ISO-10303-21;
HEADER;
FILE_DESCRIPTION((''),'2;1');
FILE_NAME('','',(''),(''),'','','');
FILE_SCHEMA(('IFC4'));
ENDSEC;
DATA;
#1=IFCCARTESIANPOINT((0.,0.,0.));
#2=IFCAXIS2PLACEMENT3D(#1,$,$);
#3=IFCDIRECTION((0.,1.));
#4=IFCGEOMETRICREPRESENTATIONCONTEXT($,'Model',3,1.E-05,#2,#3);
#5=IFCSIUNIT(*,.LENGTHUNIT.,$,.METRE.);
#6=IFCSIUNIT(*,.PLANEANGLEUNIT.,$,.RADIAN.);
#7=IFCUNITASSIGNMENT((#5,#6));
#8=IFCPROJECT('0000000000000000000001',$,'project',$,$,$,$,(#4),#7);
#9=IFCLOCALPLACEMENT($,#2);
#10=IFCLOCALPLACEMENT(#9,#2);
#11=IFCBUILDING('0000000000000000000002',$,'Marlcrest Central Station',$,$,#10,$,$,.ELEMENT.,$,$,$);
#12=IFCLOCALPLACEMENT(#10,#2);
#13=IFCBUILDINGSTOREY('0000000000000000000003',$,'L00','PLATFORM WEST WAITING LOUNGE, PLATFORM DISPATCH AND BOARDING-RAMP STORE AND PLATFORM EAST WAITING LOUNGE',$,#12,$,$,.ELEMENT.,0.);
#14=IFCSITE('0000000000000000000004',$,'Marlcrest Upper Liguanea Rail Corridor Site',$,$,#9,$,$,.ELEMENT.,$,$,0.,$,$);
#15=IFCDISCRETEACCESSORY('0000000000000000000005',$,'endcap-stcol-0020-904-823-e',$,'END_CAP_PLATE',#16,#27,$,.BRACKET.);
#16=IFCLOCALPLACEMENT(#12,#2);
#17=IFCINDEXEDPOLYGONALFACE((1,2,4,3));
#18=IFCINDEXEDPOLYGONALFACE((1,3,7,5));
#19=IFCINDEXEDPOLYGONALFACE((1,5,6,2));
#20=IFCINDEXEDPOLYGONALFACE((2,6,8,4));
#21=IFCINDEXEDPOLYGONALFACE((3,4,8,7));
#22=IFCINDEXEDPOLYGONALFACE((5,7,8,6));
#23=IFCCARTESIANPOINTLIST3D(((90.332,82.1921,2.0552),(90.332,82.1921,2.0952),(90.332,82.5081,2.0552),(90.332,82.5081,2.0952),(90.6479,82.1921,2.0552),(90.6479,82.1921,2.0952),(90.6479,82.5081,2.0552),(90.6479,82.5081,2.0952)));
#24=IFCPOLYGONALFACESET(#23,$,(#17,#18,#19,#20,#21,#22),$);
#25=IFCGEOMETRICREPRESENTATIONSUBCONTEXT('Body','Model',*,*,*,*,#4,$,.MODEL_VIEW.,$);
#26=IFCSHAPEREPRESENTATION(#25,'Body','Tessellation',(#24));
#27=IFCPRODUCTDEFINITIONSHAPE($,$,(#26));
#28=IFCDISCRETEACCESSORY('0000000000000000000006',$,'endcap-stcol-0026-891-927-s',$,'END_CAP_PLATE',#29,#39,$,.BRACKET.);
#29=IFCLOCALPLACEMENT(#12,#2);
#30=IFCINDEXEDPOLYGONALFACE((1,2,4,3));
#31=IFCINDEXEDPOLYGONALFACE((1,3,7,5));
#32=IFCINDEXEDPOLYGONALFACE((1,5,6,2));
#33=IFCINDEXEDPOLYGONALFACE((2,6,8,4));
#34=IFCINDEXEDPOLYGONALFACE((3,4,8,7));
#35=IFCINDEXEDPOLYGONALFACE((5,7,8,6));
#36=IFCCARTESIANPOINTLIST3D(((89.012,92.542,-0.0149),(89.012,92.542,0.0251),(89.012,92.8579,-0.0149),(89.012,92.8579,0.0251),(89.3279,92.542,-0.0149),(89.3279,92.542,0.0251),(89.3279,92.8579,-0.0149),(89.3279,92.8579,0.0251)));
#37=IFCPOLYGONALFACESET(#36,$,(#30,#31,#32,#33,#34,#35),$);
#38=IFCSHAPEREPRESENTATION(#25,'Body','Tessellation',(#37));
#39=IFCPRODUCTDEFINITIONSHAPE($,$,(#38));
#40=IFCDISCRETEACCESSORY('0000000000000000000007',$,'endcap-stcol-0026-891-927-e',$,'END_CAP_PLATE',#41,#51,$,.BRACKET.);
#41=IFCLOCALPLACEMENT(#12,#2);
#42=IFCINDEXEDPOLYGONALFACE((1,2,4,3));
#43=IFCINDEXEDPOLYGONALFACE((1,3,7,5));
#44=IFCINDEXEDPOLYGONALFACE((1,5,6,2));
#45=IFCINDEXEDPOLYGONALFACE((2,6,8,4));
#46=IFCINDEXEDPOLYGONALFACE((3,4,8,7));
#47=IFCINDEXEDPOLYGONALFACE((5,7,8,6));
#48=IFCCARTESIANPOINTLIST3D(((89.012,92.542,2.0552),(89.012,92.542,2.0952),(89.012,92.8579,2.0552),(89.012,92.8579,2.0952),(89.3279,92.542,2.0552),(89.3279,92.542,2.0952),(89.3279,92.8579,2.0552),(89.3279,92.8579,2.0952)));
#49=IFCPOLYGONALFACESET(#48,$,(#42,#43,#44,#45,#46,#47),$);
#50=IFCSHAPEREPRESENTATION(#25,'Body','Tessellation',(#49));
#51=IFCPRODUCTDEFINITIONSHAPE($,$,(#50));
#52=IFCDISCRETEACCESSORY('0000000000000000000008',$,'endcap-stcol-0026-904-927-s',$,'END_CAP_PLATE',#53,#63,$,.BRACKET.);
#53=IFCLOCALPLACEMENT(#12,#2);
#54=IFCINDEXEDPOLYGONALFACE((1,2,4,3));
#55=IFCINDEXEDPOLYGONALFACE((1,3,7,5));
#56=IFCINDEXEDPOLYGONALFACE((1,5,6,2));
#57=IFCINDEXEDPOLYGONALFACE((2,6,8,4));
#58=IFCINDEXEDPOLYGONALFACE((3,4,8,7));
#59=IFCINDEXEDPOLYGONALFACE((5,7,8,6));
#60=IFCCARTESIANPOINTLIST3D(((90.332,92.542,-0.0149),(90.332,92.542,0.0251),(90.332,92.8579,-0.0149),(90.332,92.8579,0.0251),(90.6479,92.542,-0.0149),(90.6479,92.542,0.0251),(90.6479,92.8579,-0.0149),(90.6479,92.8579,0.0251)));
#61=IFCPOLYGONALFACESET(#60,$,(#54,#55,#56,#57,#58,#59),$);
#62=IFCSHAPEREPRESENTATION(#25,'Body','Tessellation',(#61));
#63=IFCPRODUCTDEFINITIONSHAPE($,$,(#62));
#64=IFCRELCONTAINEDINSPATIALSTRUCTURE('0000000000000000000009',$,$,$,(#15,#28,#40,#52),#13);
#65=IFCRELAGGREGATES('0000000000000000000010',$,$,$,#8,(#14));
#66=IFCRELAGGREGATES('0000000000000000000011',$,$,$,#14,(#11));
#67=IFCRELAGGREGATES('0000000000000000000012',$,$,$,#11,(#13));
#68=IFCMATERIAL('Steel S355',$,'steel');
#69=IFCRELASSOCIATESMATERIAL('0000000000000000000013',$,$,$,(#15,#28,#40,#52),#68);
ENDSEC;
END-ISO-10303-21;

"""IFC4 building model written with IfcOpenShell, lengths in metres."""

from ifc_helpers import new_model, si_unit, direction, frame, origin, origin_2d, place, context, subcontext, project, spatial, rectangle, extrude, material, element, save


model = new_model("IFC4")

# Units and contexts
model_context = context("Model", 3, precision=1e-05, world=origin(), true_north=direction((0.0, 1.0)))
body_context = subcontext(model_context, "Body", "Model", "MODEL_VIEW")
ifc_project = project(units=[si_unit("LENGTHUNIT", "METRE"), si_unit("PLANEANGLEUNIT", "RADIAN")], contexts=[model_context])

# Site, building, storey
site_placement = place(None, origin())
site = spatial("IfcSite", under=ifc_project, at=site_placement, Name="Marlcrest Upper Liguanea Rail Corridor Site", CompositionType="ELEMENT", RefElevation=0.0)
building_placement = place(site_placement, origin())
building = spatial("IfcBuilding", under=site, at=building_placement, Name="Marlcrest Central Station", CompositionType="ELEMENT")
storey_placement = place(building_placement, origin())
storey = spatial("IfcBuildingStorey", under=building, at=storey_placement, Name="L00", Description="PLATFORM WEST WAITING LOUNGE, PLATFORM DISPATCH AND BOARDING-RAMP STORE AND PLATFORM EAST WAITING LOUNGE", CompositionType="ELEMENT", Elevation=0.0)

# Shared definitions
ifc_material_1 = material(Name="Steel S355", Category="steel")

# Discrete accessories
for number, where, z_axis, x_axis, name in (
    (1, (90.49, 82.3501, 2.0552), (0.0, 0.0, 1.0), (1.0, 0.0, 0.0), "endcap-stcol-0020-904-823-e"),
    (2, (89.1699, 92.7, -0.0149), (0.0, 0.0, 1.0), (1.0, 0.0, 0.0), "endcap-stcol-0026-891-927-s"),
    (3, (89.1699, 92.7, 2.0552), (0.0, 0.0, 1.0), (1.0, 0.0, 0.0), "endcap-stcol-0026-891-927-e"),
    (4, (90.49, 92.7, -0.0149), (0.0, 0.0, 1.0), (1.0, 0.0, 0.0), "endcap-stcol-0026-904-927-s"),
):
    element("IfcDiscreteAccessory", number, at=place(storey_placement, frame(where, z_axis=z_axis, x_axis=x_axis)), inside=storey, material=ifc_material_1, Name=name, ObjectType="END_CAP_PLATE", PredefinedType="BRACKET", context=body_context, shape_type="SweptSolid", body=[
        extrude(rectangle(XDim=0.3159, YDim=0.3159, at=origin_2d()), origin(), (0.0, 0.0, 1.0), 0.04),
    ])

save(model, "model.ifc")
